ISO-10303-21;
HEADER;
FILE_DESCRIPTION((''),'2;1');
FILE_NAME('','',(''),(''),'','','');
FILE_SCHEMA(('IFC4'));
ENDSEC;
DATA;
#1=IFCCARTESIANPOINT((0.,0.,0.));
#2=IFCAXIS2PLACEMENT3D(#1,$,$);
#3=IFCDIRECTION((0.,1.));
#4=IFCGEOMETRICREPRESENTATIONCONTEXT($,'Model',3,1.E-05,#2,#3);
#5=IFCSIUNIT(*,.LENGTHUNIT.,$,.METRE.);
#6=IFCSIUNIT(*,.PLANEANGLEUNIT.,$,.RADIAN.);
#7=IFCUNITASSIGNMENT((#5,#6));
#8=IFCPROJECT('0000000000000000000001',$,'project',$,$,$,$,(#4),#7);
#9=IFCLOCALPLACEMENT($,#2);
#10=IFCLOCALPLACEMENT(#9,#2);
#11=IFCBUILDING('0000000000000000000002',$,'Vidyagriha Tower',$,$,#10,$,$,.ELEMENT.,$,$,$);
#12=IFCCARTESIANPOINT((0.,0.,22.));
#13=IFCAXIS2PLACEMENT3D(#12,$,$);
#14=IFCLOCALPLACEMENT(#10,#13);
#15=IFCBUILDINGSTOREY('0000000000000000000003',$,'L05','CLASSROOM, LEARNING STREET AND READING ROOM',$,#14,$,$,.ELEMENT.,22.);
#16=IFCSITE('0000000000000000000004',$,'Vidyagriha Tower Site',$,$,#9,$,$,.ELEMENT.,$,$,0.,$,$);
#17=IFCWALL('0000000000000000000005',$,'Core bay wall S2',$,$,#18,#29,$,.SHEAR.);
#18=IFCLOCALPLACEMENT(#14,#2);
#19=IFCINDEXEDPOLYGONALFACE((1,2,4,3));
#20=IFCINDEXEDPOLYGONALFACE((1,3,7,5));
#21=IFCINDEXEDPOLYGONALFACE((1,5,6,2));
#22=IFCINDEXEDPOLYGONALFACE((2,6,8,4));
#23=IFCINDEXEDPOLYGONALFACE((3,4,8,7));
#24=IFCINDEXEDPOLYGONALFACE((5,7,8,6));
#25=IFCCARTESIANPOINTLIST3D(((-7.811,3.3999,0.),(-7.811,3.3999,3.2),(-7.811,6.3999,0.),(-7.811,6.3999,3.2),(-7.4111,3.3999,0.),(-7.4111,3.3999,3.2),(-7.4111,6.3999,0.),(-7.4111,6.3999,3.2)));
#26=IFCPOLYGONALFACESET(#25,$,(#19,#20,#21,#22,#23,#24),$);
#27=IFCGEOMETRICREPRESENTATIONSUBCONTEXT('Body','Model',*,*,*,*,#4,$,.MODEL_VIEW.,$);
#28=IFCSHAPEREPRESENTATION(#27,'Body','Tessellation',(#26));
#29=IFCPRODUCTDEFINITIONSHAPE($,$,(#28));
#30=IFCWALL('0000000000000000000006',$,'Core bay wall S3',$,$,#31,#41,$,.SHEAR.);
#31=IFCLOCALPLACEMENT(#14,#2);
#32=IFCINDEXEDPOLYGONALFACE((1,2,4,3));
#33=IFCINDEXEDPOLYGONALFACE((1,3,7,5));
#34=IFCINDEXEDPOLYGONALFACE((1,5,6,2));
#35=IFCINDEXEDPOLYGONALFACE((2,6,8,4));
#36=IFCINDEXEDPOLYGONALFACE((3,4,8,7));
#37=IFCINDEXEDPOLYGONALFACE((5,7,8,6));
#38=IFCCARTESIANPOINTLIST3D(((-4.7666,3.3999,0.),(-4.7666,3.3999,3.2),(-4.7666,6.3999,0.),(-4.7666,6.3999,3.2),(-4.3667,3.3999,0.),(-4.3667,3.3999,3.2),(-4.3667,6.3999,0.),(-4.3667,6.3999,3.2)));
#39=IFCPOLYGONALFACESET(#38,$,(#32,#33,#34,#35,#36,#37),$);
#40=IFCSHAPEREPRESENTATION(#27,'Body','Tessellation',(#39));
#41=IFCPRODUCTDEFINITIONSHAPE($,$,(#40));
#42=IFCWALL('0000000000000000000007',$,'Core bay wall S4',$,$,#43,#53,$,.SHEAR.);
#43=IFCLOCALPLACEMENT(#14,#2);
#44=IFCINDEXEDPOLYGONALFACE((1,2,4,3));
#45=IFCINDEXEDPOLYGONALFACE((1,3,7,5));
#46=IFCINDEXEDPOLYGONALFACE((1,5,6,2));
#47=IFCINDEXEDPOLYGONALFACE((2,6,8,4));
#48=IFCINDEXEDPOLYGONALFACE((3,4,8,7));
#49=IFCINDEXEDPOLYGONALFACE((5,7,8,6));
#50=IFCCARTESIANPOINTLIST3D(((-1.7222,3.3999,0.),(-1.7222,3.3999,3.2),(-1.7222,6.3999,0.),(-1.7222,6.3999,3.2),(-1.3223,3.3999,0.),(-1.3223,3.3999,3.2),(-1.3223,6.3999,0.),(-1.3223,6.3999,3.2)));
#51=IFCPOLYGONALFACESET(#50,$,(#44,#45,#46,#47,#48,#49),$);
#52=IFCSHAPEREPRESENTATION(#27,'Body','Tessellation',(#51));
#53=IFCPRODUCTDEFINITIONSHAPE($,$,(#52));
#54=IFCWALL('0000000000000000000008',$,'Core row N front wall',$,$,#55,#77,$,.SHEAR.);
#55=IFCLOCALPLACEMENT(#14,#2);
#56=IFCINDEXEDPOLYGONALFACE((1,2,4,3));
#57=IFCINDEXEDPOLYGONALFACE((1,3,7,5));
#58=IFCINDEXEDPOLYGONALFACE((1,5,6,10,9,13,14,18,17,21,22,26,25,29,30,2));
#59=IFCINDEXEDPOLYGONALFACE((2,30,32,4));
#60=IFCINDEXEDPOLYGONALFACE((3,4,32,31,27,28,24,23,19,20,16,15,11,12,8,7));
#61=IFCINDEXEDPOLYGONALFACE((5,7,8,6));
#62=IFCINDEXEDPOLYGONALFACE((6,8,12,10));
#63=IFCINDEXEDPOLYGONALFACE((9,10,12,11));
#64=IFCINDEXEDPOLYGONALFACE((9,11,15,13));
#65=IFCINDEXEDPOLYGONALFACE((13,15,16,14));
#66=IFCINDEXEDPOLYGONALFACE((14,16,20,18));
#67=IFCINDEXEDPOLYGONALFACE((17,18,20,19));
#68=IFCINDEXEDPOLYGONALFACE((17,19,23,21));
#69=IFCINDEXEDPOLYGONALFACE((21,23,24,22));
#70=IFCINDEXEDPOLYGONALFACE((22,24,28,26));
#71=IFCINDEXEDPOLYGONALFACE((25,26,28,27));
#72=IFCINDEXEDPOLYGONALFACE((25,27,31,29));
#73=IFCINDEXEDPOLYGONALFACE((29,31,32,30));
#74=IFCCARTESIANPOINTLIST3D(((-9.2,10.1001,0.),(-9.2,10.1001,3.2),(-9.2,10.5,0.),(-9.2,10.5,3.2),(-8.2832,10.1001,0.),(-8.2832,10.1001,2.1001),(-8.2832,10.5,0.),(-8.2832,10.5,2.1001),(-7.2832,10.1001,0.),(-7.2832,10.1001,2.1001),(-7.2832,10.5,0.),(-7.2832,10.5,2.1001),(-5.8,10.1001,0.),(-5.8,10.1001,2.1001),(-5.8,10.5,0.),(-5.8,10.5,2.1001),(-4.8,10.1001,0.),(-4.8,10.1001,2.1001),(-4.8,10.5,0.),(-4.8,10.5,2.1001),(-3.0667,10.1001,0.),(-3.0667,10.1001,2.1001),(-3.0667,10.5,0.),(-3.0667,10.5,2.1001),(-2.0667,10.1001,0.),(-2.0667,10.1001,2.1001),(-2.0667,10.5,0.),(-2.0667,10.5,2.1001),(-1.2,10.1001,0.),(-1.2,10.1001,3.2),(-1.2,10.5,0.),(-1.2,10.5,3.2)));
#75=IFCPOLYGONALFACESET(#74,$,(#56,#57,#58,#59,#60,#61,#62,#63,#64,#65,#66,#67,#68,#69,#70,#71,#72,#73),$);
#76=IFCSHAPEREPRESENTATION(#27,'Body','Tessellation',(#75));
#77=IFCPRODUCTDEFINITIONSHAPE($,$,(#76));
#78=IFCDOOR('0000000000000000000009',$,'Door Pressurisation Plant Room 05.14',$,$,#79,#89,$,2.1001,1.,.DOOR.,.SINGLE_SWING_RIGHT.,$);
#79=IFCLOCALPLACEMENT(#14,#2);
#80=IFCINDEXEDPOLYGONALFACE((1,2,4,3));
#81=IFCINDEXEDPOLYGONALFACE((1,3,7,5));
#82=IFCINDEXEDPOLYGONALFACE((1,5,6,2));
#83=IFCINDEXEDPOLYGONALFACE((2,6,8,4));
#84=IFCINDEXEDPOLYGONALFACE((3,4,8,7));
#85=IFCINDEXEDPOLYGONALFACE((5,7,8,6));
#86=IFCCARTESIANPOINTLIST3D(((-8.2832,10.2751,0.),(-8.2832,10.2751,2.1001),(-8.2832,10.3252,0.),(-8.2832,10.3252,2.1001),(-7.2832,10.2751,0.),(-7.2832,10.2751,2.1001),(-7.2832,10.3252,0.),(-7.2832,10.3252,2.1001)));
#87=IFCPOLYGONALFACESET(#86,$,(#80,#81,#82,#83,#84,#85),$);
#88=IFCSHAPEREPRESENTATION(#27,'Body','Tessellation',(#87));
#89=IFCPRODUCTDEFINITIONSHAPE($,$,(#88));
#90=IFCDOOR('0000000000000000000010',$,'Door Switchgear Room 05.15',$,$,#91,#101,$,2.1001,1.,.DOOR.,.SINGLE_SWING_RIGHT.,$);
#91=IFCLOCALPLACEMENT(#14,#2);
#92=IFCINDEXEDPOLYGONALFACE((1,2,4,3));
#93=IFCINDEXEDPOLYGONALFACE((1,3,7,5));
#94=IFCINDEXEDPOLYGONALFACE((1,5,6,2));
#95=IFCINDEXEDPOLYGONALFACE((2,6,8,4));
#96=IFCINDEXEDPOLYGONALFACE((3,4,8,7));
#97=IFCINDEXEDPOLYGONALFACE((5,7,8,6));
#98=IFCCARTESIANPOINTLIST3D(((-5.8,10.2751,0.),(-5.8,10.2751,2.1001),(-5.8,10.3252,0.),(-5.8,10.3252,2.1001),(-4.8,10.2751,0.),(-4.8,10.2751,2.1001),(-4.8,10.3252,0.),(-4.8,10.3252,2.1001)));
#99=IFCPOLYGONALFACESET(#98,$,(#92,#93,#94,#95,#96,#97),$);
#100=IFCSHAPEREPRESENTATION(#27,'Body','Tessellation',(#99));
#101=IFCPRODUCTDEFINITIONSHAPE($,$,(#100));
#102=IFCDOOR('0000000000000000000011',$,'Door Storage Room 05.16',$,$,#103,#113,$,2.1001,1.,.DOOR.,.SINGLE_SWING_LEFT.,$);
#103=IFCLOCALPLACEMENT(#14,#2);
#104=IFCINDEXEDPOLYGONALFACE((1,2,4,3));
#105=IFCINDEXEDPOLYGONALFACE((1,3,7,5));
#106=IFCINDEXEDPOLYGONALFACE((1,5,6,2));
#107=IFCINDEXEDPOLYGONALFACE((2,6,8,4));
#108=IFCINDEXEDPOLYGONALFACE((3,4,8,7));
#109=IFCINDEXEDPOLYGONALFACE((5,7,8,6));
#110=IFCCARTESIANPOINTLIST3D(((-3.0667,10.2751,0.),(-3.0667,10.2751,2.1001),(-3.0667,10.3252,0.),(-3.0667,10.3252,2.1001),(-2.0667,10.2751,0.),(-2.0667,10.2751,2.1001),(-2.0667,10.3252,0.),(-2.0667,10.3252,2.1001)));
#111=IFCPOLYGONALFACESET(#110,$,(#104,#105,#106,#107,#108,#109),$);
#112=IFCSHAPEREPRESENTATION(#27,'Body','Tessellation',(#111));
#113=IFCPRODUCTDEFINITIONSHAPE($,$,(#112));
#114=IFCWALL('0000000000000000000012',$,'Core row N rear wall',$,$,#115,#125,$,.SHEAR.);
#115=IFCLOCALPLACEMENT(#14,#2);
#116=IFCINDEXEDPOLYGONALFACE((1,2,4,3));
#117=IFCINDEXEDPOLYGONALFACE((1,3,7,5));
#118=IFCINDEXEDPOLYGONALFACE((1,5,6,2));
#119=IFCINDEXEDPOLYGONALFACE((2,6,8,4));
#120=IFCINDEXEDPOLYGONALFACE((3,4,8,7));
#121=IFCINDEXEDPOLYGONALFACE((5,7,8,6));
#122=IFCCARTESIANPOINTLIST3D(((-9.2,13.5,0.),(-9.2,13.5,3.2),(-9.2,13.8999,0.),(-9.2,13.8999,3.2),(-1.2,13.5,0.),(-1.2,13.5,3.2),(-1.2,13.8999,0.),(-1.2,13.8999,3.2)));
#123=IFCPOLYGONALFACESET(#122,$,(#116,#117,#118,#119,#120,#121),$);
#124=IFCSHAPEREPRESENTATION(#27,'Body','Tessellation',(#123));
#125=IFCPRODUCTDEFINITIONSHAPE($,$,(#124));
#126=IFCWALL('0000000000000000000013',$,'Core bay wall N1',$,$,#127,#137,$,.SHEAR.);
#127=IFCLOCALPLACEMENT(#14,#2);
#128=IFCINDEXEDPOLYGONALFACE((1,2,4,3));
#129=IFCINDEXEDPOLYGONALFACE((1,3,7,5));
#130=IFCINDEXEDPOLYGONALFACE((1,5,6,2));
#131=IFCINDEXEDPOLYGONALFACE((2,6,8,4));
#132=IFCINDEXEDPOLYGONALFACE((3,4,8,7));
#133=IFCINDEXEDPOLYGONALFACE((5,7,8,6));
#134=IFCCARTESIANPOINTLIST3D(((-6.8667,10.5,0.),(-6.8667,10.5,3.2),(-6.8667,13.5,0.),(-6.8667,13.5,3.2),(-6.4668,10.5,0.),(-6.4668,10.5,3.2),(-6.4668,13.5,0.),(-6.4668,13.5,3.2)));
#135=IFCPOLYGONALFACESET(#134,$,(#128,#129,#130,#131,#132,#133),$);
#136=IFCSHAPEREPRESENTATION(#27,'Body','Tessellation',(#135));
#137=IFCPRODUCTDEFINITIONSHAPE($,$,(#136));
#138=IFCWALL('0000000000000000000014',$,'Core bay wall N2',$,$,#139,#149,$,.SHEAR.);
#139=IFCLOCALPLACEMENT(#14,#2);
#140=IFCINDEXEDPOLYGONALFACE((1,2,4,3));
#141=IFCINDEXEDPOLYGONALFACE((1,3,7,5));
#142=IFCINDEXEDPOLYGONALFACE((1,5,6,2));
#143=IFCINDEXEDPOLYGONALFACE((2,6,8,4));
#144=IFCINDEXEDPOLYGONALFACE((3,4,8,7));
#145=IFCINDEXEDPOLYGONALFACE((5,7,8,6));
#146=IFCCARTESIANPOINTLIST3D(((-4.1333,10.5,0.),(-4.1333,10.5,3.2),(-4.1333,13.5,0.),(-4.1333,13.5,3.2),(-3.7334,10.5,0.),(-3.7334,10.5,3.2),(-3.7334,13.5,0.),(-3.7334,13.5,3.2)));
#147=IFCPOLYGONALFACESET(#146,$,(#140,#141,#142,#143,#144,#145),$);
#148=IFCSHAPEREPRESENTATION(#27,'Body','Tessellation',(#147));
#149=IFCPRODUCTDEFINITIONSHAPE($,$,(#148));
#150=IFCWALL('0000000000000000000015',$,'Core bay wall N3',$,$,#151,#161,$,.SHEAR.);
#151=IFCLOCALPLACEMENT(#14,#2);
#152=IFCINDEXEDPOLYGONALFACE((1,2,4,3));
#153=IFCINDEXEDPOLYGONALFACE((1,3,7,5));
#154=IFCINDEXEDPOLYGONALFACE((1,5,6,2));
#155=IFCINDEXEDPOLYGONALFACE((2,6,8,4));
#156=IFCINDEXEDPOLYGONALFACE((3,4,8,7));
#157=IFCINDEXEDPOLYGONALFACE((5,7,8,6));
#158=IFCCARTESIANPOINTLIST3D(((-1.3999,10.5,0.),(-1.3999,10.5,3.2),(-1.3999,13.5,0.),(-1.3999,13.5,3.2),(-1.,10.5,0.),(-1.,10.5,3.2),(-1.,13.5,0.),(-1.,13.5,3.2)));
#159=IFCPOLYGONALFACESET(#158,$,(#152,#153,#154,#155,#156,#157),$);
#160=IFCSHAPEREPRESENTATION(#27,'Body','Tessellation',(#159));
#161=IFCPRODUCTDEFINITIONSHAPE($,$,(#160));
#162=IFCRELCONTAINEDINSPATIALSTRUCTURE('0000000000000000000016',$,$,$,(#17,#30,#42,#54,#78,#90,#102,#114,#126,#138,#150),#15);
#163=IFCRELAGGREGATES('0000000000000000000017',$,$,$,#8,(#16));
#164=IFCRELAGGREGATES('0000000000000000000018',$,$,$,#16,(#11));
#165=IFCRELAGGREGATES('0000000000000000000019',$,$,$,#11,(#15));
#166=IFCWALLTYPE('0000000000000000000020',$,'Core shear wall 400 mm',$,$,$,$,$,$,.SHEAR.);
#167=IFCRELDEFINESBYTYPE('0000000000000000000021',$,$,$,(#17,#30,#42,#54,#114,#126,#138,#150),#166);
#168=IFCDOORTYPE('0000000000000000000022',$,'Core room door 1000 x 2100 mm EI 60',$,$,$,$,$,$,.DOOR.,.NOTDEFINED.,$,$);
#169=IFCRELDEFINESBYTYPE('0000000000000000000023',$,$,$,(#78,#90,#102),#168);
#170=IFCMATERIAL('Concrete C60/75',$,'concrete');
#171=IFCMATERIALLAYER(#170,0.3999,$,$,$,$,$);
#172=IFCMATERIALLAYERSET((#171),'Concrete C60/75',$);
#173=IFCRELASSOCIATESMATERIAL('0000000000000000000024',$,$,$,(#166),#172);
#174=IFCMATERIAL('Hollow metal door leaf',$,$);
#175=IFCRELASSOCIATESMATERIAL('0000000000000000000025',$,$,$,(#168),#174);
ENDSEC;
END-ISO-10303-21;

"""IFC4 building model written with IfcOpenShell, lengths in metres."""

from ifc_helpers import new_model, si_unit, direction, frame, frame_2d, origin, place, context, subcontext, project, spatial, rectangle, extrude, material, layer, layer_set, type_object, element, fill, save


model = new_model("IFC4")

# Units and contexts
model_context = context("Model", 3, precision=1e-05, world=origin(), true_north=direction((0.0, 1.0)))
body_context = subcontext(model_context, "Body", "Model", "MODEL_VIEW")
ifc_project = project(units=[si_unit("LENGTHUNIT", "METRE"), si_unit("PLANEANGLEUNIT", "RADIAN")], contexts=[model_context])

# Site, building, storey
site_placement = place(None, origin())
site = spatial("IfcSite", under=ifc_project, at=site_placement, Name="Vidyagriha Tower Site", CompositionType="ELEMENT", RefElevation=0.0)
building_placement = place(site_placement, origin())
building = spatial("IfcBuilding", under=site, at=building_placement, Name="Vidyagriha Tower", CompositionType="ELEMENT")
storey_placement = place(building_placement, frame((0.0, 0.0, 22.0)))
storey = spatial("IfcBuildingStorey", under=building, at=storey_placement, Name="L05", Description="CLASSROOM, LEARNING STREET AND READING ROOM", CompositionType="ELEMENT", Elevation=22.0)

# Walls
ifc_material_1 = material(Name="Concrete C60/75", Category="concrete")
ifc_layer = layer(ifc_material_1, 0.3999)
ifc_layer_set = layer_set([ifc_layer], Name="Concrete C60/75")
wall_type = type_object("IfcWallType", Name="Core shear wall 400 mm", PredefinedType="SHEAR", material=ifc_layer_set)
for number, where, z_axis, x_axis, name in (
    (1, (-7.6111, 3.3999, 0.0), (0.0, 0.0, 1.0), (0.0, 1.0, 0.0), "Core bay wall S2"),
    (2, (-4.5667, 3.3999, 0.0), (0.0, 0.0, 1.0), (0.0, 1.0, 0.0), "Core bay wall S3"),
    (3, (-1.5222, 3.3999, 0.0), (0.0, 0.0, 1.0), (0.0, 1.0, 0.0), "Core bay wall S4"),
):
    element("IfcWall", number, at=place(storey_placement, frame(where, z_axis=z_axis, x_axis=x_axis)), inside=storey, type_object=wall_type, Name=name, PredefinedType="SHEAR", context=body_context, shape_type="SweptSolid", body=[
        extrude(rectangle(XDim=3.0, YDim=0.3999, at=frame_2d((1.5, 0.0))), origin(), (0.0, 0.0, 1.0), 3.2),
    ])

# Wall, openings, doors
wall_1_placement = place(storey_placement, frame((-9.2, 10.3, 0.0)))
wall_1 = element("IfcWall", 4, at=wall_1_placement, inside=storey, type_object=wall_type, Name="Core row N front wall", PredefinedType="SHEAR", context=body_context, shape_type="SweptSolid", body=[
    extrude(rectangle(XDim=8.0, YDim=0.3999, at=frame_2d((4.0, 0.0))), origin(), (0.0, 0.0, 1.0), 3.2),
])
opening_1_placement = place(wall_1_placement, frame((0.9167, 0.0, 0.0)))
opening_1 = element("IfcOpeningElement", 5, at=opening_1_placement, cuts=wall_1, PredefinedType="OPENING", context=body_context, shape_type="SweptSolid", body=[
    extrude(rectangle(XDim=1.0, YDim=2.1001, at=frame_2d((0.5, 1.05))), frame((0.0, 0.21, 0.0), z_axis=(0.0, -1.0, 0.0), x_axis=(1.0, 0.0, 0.0)), (0.0, 0.0, 1.0), 0.4199),
])
opening_2_placement = place(wall_1_placement, frame((3.3999, 0.0, 0.0)))
opening_2 = element("IfcOpeningElement", 6, at=opening_2_placement, cuts=wall_1, PredefinedType="OPENING", context=body_context, shape_type="SweptSolid", body=[
    extrude(rectangle(XDim=1.0, YDim=2.1001, at=frame_2d((0.5, 1.05))), frame((0.0, 0.21, 0.0), z_axis=(0.0, -1.0, 0.0), x_axis=(1.0, 0.0, 0.0)), (0.0, 0.0, 1.0), 0.4199),
])
opening_3_placement = place(wall_1_placement, frame((6.1333, 0.0, 0.0)))
opening_3 = element("IfcOpeningElement", 7, at=opening_3_placement, cuts=wall_1, PredefinedType="OPENING", context=body_context, shape_type="SweptSolid", body=[
    extrude(rectangle(XDim=1.0, YDim=2.1001, at=frame_2d((0.5, 1.05))), frame((0.0, 0.21, 0.0), z_axis=(0.0, -1.0, 0.0), x_axis=(1.0, 0.0, 0.0)), (0.0, 0.0, 1.0), 0.4199),
])
ifc_material_2 = material(Name="Hollow metal door leaf")
door_type_1 = type_object("IfcDoorType", Name="Core room door 1000 x 2100 mm EI 60", OperationType="NOTDEFINED", PredefinedType="DOOR", material=ifc_material_2)
door_1_placement = place(opening_1_placement, frame((1.0, 0.0, 0.0), z_axis=(0.0, 0.0, 1.0), x_axis=(-1.0, 0.0, 0.0)))
door_1 = element("IfcDoor", 8, at=door_1_placement, inside=storey, type_object=door_type_1, Name="Door Pressurisation Plant Room 05.14", OperationType="SINGLE_SWING_RIGHT", OverallHeight=2.1001, OverallWidth=1.0, PredefinedType="DOOR", context=body_context, shape_type="SweptSolid", body=[
    extrude(rectangle(XDim=1.0, YDim=2.1001, at=frame_2d((0.5, 1.05))), frame((0.0, 0.0249, 0.0), z_axis=(0.0, -1.0, 0.0), x_axis=(1.0, 0.0, 0.0)), (0.0, 0.0, 1.0), 0.05),
])
fill(opening_1, door_1)
door_2_placement = place(opening_2_placement, frame((1.0, 0.0, 0.0), z_axis=(0.0, 0.0, 1.0), x_axis=(-1.0, 0.0, 0.0)))
door_2 = element("IfcDoor", 9, at=door_2_placement, inside=storey, type_object=door_type_1, Name="Door Switchgear Room 05.15", OperationType="SINGLE_SWING_RIGHT", OverallHeight=2.1001, OverallWidth=1.0, PredefinedType="DOOR", context=body_context, shape_type="SweptSolid", body=[
    extrude(rectangle(XDim=1.0, YDim=2.1001, at=frame_2d((0.5, 1.05))), frame((0.0, 0.0249, 0.0), z_axis=(0.0, -1.0, 0.0), x_axis=(1.0, 0.0, 0.0)), (0.0, 0.0, 1.0), 0.05),
])
fill(opening_2, door_2)
door_3_placement = place(opening_3_placement, frame((1.0, 0.0, 0.0), z_axis=(0.0, 0.0, 1.0), x_axis=(-1.0, 0.0, 0.0)))
door_3 = element("IfcDoor", 10, at=door_3_placement, inside=storey, type_object=door_type_1, Name="Door Storage Room 05.16", OperationType="SINGLE_SWING_LEFT", OverallHeight=2.1001, OverallWidth=1.0, PredefinedType="DOOR", context=body_context, shape_type="SweptSolid", body=[
    extrude(rectangle(XDim=1.0, YDim=2.1001, at=frame_2d((0.5, 1.05))), frame((0.0, 0.0249, 0.0), z_axis=(0.0, -1.0, 0.0), x_axis=(1.0, 0.0, 0.0)), (0.0, 0.0, 1.0), 0.05),
])
fill(opening_3, door_3)

# Walls
wall_2_placement = place(storey_placement, frame((-9.2, 13.7, 0.0)))
element("IfcWall", 11, at=wall_2_placement, inside=storey, type_object=wall_type, Name="Core row N rear wall", PredefinedType="SHEAR", context=body_context, shape_type="SweptSolid", body=[
    extrude(rectangle(XDim=8.0, YDim=0.3999, at=frame_2d((4.0, 0.0))), origin(), (0.0, 0.0, 1.0), 3.2),
])
for number, where, z_axis, x_axis, name in (
    (12, (-6.6667, 10.5, 0.0), (0.0, 0.0, 1.0), (0.0, 1.0, 0.0), "Core bay wall N1"),
    (13, (-3.9333, 10.5, 0.0), (0.0, 0.0, 1.0), (0.0, 1.0, 0.0), "Core bay wall N2"),
    (14, (-1.2, 10.5, 0.0), (0.0, 0.0, 1.0), (0.0, 1.0, 0.0), "Core bay wall N3"),
):
    element("IfcWall", number, at=place(storey_placement, frame(where, z_axis=z_axis, x_axis=x_axis)), inside=storey, type_object=wall_type, Name=name, PredefinedType="SHEAR", context=body_context, shape_type="SweptSolid", body=[
        extrude(rectangle(XDim=3.0, YDim=0.3999, at=frame_2d((1.5, 0.0))), origin(), (0.0, 0.0, 1.0), 3.2),
    ])

save(model, "model.ifc")
